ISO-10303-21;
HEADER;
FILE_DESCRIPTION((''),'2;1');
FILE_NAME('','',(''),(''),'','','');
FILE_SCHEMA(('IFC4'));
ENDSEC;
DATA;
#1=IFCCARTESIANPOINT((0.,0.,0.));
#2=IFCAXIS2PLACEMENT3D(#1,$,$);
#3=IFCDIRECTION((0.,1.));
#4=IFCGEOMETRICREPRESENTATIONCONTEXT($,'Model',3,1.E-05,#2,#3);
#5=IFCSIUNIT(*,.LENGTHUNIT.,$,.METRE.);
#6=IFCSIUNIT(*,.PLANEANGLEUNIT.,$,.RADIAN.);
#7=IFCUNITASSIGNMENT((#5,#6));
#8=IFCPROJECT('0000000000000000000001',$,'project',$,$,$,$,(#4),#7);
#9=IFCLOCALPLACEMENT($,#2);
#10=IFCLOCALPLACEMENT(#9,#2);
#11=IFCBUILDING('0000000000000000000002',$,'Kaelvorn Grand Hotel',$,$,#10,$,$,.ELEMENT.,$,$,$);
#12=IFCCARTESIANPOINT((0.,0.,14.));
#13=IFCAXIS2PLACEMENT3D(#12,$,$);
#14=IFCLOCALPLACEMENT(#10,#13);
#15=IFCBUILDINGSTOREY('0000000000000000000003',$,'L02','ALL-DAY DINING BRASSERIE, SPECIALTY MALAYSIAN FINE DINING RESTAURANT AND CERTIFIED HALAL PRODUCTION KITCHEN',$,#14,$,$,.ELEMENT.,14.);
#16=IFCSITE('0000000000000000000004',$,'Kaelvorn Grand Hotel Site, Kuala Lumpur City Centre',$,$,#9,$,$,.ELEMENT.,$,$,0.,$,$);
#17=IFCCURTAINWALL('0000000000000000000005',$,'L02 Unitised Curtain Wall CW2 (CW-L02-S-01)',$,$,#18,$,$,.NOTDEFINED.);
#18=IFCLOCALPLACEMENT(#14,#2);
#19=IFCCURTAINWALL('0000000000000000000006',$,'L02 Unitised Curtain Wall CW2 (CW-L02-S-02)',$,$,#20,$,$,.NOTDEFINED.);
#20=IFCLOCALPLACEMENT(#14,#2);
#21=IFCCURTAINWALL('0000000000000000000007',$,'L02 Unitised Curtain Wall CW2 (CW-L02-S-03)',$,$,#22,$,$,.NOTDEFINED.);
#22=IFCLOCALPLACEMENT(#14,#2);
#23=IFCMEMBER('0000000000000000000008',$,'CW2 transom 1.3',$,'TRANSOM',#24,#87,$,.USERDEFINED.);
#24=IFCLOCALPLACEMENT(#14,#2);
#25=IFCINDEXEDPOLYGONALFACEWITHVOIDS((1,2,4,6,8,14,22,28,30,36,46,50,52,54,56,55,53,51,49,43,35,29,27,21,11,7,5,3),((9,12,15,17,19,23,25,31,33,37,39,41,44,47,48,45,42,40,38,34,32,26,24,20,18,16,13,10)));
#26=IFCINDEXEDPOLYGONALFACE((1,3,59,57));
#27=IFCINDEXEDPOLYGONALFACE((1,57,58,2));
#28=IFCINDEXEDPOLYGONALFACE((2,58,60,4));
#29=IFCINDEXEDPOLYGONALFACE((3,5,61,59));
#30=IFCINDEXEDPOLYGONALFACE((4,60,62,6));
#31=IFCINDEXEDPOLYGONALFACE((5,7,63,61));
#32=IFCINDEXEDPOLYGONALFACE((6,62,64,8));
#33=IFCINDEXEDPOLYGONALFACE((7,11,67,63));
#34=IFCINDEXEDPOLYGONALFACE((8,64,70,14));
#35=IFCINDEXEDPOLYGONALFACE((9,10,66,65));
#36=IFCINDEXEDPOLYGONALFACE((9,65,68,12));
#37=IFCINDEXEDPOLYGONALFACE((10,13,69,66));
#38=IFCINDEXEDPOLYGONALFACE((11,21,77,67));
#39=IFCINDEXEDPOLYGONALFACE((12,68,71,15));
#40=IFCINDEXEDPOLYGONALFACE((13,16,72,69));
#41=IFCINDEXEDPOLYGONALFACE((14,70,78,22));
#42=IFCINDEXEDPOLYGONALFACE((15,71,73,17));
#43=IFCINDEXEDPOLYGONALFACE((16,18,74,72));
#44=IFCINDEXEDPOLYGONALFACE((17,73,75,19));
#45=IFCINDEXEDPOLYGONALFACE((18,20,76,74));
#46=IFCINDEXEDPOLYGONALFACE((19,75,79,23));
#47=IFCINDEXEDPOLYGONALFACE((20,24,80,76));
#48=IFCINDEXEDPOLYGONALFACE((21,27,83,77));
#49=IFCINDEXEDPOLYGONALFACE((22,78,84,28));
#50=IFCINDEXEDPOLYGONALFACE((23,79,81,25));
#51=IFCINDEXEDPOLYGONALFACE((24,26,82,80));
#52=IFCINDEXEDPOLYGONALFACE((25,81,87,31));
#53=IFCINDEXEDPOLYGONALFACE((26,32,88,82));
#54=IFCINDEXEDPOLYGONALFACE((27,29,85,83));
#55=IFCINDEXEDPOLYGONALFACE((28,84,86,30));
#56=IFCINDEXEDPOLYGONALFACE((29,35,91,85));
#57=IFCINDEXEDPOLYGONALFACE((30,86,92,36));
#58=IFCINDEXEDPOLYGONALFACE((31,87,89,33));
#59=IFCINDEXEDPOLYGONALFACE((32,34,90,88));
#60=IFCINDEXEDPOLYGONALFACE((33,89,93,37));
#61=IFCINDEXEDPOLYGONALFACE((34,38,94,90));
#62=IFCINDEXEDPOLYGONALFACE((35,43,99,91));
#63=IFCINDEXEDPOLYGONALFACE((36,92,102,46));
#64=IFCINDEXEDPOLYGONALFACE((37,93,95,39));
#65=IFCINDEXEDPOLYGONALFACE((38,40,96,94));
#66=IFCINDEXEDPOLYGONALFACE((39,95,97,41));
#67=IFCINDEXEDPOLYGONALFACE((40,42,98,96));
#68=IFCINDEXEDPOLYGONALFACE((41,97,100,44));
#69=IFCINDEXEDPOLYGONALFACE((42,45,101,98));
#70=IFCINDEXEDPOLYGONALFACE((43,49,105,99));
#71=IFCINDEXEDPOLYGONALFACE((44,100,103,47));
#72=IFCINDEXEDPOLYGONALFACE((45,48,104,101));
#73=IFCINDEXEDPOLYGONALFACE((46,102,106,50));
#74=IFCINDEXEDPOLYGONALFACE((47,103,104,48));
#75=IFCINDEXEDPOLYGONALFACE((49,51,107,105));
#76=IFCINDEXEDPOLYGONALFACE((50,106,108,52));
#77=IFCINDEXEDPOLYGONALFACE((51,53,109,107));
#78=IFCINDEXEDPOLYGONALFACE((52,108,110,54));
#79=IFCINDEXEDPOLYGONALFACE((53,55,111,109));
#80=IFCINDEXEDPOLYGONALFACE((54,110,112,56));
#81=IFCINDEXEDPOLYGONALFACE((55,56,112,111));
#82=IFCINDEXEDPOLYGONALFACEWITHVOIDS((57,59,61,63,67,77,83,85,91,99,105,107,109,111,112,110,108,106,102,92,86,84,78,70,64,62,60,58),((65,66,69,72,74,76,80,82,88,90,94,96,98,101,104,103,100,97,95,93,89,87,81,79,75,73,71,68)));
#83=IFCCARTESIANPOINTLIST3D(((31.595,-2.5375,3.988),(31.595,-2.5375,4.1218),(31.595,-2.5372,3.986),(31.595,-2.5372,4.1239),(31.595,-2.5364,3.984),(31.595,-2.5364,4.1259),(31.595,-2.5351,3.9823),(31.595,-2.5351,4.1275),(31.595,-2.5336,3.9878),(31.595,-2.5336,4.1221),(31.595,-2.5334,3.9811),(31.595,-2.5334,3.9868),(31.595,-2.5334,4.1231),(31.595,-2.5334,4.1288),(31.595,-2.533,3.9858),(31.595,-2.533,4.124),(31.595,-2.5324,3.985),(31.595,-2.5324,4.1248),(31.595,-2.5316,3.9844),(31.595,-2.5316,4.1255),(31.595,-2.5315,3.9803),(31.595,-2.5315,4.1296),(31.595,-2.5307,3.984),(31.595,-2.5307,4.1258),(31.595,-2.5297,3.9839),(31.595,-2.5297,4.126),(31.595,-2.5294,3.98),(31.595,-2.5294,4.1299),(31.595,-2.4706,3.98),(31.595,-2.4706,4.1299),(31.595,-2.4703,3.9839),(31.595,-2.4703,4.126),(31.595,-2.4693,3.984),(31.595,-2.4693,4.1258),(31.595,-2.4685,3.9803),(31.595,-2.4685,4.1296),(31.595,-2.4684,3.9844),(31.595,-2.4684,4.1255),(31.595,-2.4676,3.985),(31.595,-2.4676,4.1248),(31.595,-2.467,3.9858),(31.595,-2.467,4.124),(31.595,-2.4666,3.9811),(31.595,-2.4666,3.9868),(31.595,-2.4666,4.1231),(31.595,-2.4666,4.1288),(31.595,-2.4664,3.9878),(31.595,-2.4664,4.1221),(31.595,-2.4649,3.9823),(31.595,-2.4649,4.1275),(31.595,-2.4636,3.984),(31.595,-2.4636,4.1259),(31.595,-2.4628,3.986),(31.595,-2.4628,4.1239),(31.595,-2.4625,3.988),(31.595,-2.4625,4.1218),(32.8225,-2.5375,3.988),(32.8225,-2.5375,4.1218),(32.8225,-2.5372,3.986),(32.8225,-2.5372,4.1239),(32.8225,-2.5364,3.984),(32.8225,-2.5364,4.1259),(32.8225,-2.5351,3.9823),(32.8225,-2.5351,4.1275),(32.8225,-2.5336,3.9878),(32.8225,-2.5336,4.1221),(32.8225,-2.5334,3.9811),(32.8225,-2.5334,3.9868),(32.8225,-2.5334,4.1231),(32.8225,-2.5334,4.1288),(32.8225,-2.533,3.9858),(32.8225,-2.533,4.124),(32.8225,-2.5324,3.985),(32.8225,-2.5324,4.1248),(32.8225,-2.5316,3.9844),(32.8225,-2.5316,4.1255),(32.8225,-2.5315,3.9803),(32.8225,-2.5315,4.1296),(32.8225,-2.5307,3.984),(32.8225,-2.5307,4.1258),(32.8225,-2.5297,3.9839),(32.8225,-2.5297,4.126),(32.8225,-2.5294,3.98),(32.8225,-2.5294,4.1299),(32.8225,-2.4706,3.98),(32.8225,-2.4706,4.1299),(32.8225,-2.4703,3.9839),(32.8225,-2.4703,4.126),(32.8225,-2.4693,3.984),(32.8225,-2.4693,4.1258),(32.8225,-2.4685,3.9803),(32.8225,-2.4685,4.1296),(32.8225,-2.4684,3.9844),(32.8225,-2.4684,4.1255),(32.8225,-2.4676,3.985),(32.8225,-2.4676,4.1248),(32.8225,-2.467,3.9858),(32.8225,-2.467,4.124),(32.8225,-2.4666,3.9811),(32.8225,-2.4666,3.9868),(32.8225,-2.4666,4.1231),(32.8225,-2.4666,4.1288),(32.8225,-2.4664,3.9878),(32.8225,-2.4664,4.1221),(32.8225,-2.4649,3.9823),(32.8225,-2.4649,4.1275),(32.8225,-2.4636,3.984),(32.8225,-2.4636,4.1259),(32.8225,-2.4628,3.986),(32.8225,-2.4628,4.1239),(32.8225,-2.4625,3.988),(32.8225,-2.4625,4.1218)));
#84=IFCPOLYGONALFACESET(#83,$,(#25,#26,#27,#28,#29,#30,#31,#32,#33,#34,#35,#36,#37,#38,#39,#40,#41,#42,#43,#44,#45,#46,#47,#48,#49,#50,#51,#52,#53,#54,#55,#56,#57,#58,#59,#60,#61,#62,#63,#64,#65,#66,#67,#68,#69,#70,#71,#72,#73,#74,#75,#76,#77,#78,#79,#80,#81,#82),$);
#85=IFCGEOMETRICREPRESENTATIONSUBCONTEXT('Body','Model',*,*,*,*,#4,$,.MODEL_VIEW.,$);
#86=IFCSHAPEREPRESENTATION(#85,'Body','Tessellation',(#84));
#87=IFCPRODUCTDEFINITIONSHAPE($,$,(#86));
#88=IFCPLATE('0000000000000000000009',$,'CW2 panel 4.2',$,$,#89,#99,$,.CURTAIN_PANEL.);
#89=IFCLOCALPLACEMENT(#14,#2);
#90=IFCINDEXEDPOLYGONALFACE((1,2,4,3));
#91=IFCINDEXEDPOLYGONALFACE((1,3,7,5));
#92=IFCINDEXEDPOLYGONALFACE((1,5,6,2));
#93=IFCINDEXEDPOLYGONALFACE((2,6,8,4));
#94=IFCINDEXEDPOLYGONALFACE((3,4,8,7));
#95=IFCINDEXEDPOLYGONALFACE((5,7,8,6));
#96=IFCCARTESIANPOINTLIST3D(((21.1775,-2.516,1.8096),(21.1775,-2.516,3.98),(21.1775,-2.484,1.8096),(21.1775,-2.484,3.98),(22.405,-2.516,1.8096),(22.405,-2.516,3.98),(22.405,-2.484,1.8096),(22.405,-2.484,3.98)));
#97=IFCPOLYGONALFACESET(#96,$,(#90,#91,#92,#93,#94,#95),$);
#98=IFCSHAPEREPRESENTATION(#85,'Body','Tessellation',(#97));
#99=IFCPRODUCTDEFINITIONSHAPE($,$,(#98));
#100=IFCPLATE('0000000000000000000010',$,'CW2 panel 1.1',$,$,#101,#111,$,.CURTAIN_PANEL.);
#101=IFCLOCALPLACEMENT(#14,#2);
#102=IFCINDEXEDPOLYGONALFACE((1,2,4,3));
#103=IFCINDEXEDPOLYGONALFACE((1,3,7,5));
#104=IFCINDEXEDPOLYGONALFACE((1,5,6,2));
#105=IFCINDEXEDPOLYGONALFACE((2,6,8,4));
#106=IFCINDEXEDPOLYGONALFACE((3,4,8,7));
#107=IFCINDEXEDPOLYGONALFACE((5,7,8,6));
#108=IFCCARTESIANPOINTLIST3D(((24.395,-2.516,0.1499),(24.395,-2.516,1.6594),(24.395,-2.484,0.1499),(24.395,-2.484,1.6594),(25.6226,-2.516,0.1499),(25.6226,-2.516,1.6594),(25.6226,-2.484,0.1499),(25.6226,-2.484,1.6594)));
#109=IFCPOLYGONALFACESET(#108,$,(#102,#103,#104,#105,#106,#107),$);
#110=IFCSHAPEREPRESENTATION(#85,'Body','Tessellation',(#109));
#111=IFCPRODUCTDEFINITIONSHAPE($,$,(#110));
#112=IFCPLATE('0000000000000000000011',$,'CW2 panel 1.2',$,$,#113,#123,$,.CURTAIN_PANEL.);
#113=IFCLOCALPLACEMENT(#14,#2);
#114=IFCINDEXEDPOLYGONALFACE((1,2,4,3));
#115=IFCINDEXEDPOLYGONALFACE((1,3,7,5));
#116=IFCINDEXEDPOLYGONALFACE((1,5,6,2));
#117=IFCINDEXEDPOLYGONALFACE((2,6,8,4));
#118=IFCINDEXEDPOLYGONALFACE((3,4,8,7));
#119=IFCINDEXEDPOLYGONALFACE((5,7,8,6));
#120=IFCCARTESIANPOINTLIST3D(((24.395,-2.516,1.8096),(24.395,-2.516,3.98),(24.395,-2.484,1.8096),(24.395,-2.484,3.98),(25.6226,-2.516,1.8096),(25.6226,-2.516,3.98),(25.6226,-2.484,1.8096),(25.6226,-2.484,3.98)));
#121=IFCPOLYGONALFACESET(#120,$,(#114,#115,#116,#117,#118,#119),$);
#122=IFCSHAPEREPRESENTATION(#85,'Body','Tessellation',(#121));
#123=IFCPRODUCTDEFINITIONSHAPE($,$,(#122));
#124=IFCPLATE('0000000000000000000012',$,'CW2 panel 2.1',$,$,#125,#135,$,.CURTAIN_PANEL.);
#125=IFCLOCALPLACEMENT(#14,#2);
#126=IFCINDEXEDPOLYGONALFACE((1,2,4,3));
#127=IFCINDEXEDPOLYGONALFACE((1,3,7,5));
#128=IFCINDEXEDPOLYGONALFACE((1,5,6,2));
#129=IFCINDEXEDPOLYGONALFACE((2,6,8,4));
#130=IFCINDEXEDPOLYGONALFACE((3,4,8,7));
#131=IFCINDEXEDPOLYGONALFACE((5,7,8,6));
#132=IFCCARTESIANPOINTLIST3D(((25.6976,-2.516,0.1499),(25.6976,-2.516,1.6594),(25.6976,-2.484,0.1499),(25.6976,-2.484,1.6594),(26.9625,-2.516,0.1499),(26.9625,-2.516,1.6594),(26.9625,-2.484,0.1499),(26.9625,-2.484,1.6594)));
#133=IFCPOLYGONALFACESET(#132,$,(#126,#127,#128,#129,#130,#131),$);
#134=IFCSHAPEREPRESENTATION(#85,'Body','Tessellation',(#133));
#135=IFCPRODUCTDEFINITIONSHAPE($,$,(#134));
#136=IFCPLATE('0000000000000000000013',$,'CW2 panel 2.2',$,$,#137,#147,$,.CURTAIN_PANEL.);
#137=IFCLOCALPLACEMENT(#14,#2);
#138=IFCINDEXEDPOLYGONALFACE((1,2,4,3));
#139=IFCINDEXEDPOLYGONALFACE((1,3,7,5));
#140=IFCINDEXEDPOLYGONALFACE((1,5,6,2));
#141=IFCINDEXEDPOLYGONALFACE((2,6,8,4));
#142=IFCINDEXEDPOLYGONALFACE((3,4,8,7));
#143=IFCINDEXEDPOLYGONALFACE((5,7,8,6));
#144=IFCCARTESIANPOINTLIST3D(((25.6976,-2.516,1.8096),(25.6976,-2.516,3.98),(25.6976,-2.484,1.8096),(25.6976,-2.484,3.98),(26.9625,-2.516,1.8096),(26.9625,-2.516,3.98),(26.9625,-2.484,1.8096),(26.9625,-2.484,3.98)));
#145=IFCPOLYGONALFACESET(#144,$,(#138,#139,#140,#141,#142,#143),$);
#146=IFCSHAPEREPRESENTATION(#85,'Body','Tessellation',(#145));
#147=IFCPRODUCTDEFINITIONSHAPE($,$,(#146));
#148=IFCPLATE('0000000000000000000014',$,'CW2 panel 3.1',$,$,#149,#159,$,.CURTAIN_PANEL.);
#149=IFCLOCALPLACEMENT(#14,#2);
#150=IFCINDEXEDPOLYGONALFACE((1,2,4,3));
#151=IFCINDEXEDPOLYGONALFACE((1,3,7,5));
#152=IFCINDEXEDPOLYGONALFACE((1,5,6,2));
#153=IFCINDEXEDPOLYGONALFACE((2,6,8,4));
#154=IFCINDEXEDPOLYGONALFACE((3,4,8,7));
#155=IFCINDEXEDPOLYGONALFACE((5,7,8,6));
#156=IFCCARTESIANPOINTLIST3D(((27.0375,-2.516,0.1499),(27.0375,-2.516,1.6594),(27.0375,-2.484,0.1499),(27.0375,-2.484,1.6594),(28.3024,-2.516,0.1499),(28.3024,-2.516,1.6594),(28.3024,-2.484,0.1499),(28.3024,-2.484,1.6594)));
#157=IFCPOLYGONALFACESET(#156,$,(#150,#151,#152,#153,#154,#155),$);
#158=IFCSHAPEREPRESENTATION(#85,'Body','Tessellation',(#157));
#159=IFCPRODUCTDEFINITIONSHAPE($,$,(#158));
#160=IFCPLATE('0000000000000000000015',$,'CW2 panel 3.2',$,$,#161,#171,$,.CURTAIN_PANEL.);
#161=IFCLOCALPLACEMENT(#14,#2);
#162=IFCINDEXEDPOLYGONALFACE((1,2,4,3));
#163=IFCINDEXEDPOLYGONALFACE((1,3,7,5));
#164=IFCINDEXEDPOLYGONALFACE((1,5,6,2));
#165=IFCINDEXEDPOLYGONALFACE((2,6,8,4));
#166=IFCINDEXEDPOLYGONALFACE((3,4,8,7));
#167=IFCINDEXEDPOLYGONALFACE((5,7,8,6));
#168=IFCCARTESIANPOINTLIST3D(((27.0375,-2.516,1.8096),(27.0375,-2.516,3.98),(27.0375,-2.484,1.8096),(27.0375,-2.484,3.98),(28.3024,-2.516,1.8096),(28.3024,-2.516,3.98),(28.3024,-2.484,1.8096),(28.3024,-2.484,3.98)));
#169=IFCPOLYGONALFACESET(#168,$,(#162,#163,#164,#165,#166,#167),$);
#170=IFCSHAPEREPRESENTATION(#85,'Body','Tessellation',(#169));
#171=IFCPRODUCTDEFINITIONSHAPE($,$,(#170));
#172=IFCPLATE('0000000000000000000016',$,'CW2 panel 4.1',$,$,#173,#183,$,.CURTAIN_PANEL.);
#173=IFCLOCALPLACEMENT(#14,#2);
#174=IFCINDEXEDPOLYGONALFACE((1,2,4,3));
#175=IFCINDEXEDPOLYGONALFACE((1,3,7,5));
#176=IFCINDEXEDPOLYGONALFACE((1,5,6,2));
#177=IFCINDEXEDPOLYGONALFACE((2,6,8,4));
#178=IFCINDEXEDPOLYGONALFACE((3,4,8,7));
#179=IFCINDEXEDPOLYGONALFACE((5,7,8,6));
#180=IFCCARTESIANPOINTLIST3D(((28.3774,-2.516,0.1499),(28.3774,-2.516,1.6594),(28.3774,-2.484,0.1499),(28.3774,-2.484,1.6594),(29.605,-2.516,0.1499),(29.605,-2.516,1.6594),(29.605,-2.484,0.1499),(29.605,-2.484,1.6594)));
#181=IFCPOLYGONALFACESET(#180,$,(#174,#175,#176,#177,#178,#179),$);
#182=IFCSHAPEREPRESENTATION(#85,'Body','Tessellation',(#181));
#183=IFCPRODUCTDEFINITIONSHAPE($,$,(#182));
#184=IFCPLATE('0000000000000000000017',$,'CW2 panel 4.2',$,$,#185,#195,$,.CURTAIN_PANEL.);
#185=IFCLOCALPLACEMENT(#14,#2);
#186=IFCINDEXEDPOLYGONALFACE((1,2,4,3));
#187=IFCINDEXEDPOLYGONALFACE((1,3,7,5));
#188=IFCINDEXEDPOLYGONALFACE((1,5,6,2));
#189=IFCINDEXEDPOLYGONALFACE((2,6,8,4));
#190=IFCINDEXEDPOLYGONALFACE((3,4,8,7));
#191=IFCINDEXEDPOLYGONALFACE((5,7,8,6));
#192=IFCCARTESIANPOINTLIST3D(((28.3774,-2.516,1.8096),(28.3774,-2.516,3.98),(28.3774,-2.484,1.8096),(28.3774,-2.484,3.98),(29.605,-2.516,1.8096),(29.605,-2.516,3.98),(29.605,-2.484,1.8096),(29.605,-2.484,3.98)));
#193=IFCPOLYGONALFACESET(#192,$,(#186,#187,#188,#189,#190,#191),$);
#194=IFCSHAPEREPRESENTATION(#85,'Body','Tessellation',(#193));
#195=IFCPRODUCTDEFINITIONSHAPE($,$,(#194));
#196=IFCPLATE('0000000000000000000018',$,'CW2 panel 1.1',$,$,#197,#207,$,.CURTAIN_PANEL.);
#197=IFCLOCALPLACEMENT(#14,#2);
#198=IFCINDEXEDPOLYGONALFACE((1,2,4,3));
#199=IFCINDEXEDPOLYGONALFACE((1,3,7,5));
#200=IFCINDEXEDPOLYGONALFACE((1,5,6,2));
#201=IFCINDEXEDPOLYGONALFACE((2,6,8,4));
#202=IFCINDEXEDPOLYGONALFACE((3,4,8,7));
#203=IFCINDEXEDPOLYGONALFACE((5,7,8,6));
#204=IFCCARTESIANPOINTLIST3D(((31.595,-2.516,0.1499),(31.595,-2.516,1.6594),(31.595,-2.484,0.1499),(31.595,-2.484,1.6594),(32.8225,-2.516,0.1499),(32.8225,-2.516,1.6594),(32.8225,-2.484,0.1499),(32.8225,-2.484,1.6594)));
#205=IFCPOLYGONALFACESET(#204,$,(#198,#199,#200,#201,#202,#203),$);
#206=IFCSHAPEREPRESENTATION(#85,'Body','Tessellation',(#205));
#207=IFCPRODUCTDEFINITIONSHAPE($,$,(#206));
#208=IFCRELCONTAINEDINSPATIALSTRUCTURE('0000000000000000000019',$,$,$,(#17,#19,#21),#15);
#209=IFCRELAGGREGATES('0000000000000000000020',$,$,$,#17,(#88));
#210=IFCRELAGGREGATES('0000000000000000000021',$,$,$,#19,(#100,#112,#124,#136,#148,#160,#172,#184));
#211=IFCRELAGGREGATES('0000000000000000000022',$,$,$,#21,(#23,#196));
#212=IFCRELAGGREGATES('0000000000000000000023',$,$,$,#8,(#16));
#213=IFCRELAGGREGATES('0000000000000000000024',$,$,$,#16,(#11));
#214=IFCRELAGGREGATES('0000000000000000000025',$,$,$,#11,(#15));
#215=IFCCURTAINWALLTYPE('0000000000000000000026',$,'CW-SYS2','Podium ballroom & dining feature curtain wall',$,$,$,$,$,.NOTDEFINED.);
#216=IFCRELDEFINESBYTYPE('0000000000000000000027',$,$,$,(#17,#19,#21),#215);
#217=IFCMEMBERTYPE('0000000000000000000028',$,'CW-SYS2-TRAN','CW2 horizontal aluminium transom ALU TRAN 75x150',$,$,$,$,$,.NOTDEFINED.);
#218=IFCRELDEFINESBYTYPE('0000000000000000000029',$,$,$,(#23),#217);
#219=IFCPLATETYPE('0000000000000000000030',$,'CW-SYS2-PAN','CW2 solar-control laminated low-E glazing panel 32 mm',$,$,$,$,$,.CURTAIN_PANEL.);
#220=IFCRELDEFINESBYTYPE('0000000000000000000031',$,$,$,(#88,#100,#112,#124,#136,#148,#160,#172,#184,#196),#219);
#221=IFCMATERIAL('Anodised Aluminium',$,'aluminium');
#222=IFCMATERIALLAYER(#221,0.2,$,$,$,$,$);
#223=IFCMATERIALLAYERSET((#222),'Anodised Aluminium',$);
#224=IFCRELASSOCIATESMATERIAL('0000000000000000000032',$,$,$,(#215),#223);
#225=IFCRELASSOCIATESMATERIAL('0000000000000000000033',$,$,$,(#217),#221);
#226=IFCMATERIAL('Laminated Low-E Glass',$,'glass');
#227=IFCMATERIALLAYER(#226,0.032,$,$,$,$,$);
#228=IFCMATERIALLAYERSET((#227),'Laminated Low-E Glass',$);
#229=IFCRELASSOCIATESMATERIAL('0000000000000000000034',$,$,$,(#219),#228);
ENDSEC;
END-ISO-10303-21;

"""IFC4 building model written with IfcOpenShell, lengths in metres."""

from ifc_helpers import new_model, si_unit, direction, frame, origin, origin_2d, place, context, subcontext, project, spatial, rectangle, hollow_rectangle, extrude, material, layer, layer_set, material_profile, profile_set, type_object, element, aggregate, save


model = new_model("IFC4")

# Units and contexts
model_context = context("Model", 3, precision=1e-05, world=origin(), true_north=direction((0.0, 1.0)))
body_context = subcontext(model_context, "Body", "Model", "MODEL_VIEW")
ifc_project = project(units=[si_unit("LENGTHUNIT", "METRE"), si_unit("PLANEANGLEUNIT", "RADIAN")], contexts=[model_context])

# Site, building, storey
site_placement = place(None, origin())
site = spatial("IfcSite", under=ifc_project, at=site_placement, Name="Kaelvorn Grand Hotel Site, Kuala Lumpur City Centre", CompositionType="ELEMENT", RefElevation=0.0)
building_placement = place(site_placement, origin())
building = spatial("IfcBuilding", under=site, at=building_placement, Name="Kaelvorn Grand Hotel", CompositionType="ELEMENT")
storey_placement = place(building_placement, frame((0.0, 0.0, 14.0)))
storey = spatial("IfcBuildingStorey", under=building, at=storey_placement, Name="L02", Description="ALL-DAY DINING BRASSERIE, SPECIALTY MALAYSIAN FINE DINING RESTAURANT AND CERTIFIED HALAL PRODUCTION KITCHEN", CompositionType="ELEMENT", Elevation=14.0)

# Curtain wall
ifc_material_1 = material(Name="Anodised Aluminium", Category="aluminium")
ifc_layer_1 = layer(ifc_material_1, 0.2)
ifc_layer_set_1 = layer_set([ifc_layer_1], Name="Anodised Aluminium")
curtain_wall_type = type_object("IfcCurtainWallType", Name="CW-SYS2", Description="Podium ballroom & dining feature curtain wall", PredefinedType="NOTDEFINED", material=ifc_layer_set_1)
curtain_wall_1_placement = place(storey_placement, origin())
curtain_wall_1 = element("IfcCurtainWall", 1, at=curtain_wall_1_placement, inside=storey, type_object=curtain_wall_type, Name="L02 Unitised Curtain Wall CW2 (CW-L02-S-01)", PredefinedType="NOTDEFINED")

# Curtain walls
curtain_wall_2_placement = place(storey_placement, origin())
curtain_wall_2 = element("IfcCurtainWall", 2, at=curtain_wall_2_placement, inside=storey, type_object=curtain_wall_type, Name="L02 Unitised Curtain Wall CW2 (CW-L02-S-02)", PredefinedType="NOTDEFINED")
curtain_wall_3_placement = place(storey_placement, origin())
curtain_wall_3 = element("IfcCurtainWall", 3, at=curtain_wall_3_placement, inside=storey, type_object=curtain_wall_type, Name="L02 Unitised Curtain Wall CW2 (CW-L02-S-03)", PredefinedType="NOTDEFINED")

# Member
ifc_material_profile_1 = material_profile(ifc_material_1, hollow_rectangle(XDim=0.075, YDim=0.1499, WallThickness=0.0039, InnerFilletRadius=0.0039, OuterFilletRadius=0.0081, at=origin_2d()), Name="ALU TRAN 75x150")
ifc_profile_set_1 = profile_set([ifc_material_profile_1], Name="Anodised Aluminium")
member_type_1 = type_object("IfcMemberType", Name="CW-SYS2-TRAN", Description="CW2 horizontal aluminium transom ALU TRAN 75x150", PredefinedType="NOTDEFINED", material=ifc_profile_set_1)
member_1_placement = place(storey_placement, frame((31.595, -2.5, 4.0549), z_axis=(1.0, 0.0, 0.0), x_axis=(0.0, 1.0, 0.0)))
member_1 = element("IfcMember", 4, at=member_1_placement, type_object=member_type_1, Name="CW2 transom 1.3", ObjectType="TRANSOM", PredefinedType="USERDEFINED", context=body_context, shape_type="SweptSolid", body=[
    extrude(hollow_rectangle(XDim=0.075, YDim=0.1499, WallThickness=0.0039, InnerFilletRadius=0.0039, OuterFilletRadius=0.0081, at=origin_2d()), origin(), (0.0, 0.0, 1.0), 1.2275),
])

# Plates
ifc_material_2 = material(Name="Laminated Low-E Glass", Category="glass")
ifc_layer_2 = layer(ifc_material_2, 0.032)
ifc_layer_set_2 = layer_set([ifc_layer_2], Name="Laminated Low-E Glass")
plate_type = type_object("IfcPlateType", Name="CW-SYS2-PAN", Description="CW2 solar-control laminated low-E glazing panel 32 mm", PredefinedType="CURTAIN_PANEL", material=ifc_layer_set_2)
plate_1_placement = place(storey_placement, frame((21.7913, -2.5, 1.8096), z_axis=(0.0, 0.0, 1.0), x_axis=(1.0, 0.0, 0.0)))
plate_1 = element("IfcPlate", 5, at=plate_1_placement, type_object=plate_type, Name="CW2 panel 4.2", PredefinedType="CURTAIN_PANEL", context=body_context, shape_type="SweptSolid", body=[
    extrude(rectangle(XDim=1.2275, YDim=0.032, at=origin_2d()), origin(), (0.0, 0.0, 1.0), 2.1704),
])
aggregate(curtain_wall_1, [plate_1])
plate_2_placement = place(storey_placement, frame((25.0088, -2.5, 0.1499), z_axis=(0.0, 0.0, 1.0), x_axis=(1.0, 0.0, 0.0)))
plate_2 = element("IfcPlate", 6, at=plate_2_placement, type_object=plate_type, Name="CW2 panel 1.1", PredefinedType="CURTAIN_PANEL", context=body_context, shape_type="SweptSolid", body=[
    extrude(rectangle(XDim=1.2275, YDim=0.032, at=origin_2d()), origin(), (0.0, 0.0, 1.0), 1.5095),
])
plate_3_placement = place(storey_placement, frame((25.0088, -2.5, 1.8096), z_axis=(0.0, 0.0, 1.0), x_axis=(1.0, 0.0, 0.0)))
plate_3 = element("IfcPlate", 7, at=plate_3_placement, type_object=plate_type, Name="CW2 panel 1.2", PredefinedType="CURTAIN_PANEL", context=body_context, shape_type="SweptSolid", body=[
    extrude(rectangle(XDim=1.2275, YDim=0.032, at=origin_2d()), origin(), (0.0, 0.0, 1.0), 2.1704),
])
plate_4_placement = place(storey_placement, frame((26.3301, -2.5, 0.1499), z_axis=(0.0, 0.0, 1.0), x_axis=(1.0, 0.0, 0.0)))
plate_4 = element("IfcPlate", 8, at=plate_4_placement, type_object=plate_type, Name="CW2 panel 2.1", PredefinedType="CURTAIN_PANEL", context=body_context, shape_type="SweptSolid", body=[
    extrude(rectangle(XDim=1.2649, YDim=0.032, at=origin_2d()), origin(), (0.0, 0.0, 1.0), 1.5095),
])
plate_5_placement = place(storey_placement, frame((26.3301, -2.5, 1.8096), z_axis=(0.0, 0.0, 1.0), x_axis=(1.0, 0.0, 0.0)))
plate_5 = element("IfcPlate", 9, at=plate_5_placement, type_object=plate_type, Name="CW2 panel 2.2", PredefinedType="CURTAIN_PANEL", context=body_context, shape_type="SweptSolid", body=[
    extrude(rectangle(XDim=1.2649, YDim=0.032, at=origin_2d()), origin(), (0.0, 0.0, 1.0), 2.1704),
])
plate_6_placement = place(storey_placement, frame((27.6699, -2.5, 0.1499), z_axis=(0.0, 0.0, 1.0), x_axis=(1.0, 0.0, 0.0)))
plate_6 = element("IfcPlate", 10, at=plate_6_placement, type_object=plate_type, Name="CW2 panel 3.1", PredefinedType="CURTAIN_PANEL", context=body_context, shape_type="SweptSolid", body=[
    extrude(rectangle(XDim=1.2649, YDim=0.032, at=origin_2d()), origin(), (0.0, 0.0, 1.0), 1.5095),
])
plate_7_placement = place(storey_placement, frame((27.6699, -2.5, 1.8096), z_axis=(0.0, 0.0, 1.0), x_axis=(1.0, 0.0, 0.0)))
plate_7 = element("IfcPlate", 11, at=plate_7_placement, type_object=plate_type, Name="CW2 panel 3.2", PredefinedType="CURTAIN_PANEL", context=body_context, shape_type="SweptSolid", body=[
    extrude(rectangle(XDim=1.2649, YDim=0.032, at=origin_2d()), origin(), (0.0, 0.0, 1.0), 2.1704),
])
plate_8_placement = place(storey_placement, frame((28.9912, -2.5, 0.1499), z_axis=(0.0, 0.0, 1.0), x_axis=(1.0, 0.0, 0.0)))
plate_8 = element("IfcPlate", 12, at=plate_8_placement, type_object=plate_type, Name="CW2 panel 4.1", PredefinedType="CURTAIN_PANEL", context=body_context, shape_type="SweptSolid", body=[
    extrude(rectangle(XDim=1.2275, YDim=0.032, at=origin_2d()), origin(), (0.0, 0.0, 1.0), 1.5095),
])
plate_9_placement = place(storey_placement, frame((28.9912, -2.5, 1.8096), z_axis=(0.0, 0.0, 1.0), x_axis=(1.0, 0.0, 0.0)))
plate_9 = element("IfcPlate", 13, at=plate_9_placement, type_object=plate_type, Name="CW2 panel 4.2", PredefinedType="CURTAIN_PANEL", context=body_context, shape_type="SweptSolid", body=[
    extrude(rectangle(XDim=1.2275, YDim=0.032, at=origin_2d()), origin(), (0.0, 0.0, 1.0), 2.1704),
])
aggregate(curtain_wall_2, [plate_2, plate_3, plate_4, plate_5, plate_6, plate_7, plate_8, plate_9])
plate_10_placement = place(storey_placement, frame((32.2087, -2.5, 0.1499), z_axis=(0.0, 0.0, 1.0), x_axis=(1.0, 0.0, 0.0)))
plate_10 = element("IfcPlate", 14, at=plate_10_placement, type_object=plate_type, Name="CW2 panel 1.1", PredefinedType="CURTAIN_PANEL", context=body_context, shape_type="SweptSolid", body=[
    extrude(rectangle(XDim=1.2275, YDim=0.032, at=origin_2d()), origin(), (0.0, 0.0, 1.0), 1.5095),
])
aggregate(curtain_wall_3, [member_1, plate_10])

save(model, "model.ifc")
